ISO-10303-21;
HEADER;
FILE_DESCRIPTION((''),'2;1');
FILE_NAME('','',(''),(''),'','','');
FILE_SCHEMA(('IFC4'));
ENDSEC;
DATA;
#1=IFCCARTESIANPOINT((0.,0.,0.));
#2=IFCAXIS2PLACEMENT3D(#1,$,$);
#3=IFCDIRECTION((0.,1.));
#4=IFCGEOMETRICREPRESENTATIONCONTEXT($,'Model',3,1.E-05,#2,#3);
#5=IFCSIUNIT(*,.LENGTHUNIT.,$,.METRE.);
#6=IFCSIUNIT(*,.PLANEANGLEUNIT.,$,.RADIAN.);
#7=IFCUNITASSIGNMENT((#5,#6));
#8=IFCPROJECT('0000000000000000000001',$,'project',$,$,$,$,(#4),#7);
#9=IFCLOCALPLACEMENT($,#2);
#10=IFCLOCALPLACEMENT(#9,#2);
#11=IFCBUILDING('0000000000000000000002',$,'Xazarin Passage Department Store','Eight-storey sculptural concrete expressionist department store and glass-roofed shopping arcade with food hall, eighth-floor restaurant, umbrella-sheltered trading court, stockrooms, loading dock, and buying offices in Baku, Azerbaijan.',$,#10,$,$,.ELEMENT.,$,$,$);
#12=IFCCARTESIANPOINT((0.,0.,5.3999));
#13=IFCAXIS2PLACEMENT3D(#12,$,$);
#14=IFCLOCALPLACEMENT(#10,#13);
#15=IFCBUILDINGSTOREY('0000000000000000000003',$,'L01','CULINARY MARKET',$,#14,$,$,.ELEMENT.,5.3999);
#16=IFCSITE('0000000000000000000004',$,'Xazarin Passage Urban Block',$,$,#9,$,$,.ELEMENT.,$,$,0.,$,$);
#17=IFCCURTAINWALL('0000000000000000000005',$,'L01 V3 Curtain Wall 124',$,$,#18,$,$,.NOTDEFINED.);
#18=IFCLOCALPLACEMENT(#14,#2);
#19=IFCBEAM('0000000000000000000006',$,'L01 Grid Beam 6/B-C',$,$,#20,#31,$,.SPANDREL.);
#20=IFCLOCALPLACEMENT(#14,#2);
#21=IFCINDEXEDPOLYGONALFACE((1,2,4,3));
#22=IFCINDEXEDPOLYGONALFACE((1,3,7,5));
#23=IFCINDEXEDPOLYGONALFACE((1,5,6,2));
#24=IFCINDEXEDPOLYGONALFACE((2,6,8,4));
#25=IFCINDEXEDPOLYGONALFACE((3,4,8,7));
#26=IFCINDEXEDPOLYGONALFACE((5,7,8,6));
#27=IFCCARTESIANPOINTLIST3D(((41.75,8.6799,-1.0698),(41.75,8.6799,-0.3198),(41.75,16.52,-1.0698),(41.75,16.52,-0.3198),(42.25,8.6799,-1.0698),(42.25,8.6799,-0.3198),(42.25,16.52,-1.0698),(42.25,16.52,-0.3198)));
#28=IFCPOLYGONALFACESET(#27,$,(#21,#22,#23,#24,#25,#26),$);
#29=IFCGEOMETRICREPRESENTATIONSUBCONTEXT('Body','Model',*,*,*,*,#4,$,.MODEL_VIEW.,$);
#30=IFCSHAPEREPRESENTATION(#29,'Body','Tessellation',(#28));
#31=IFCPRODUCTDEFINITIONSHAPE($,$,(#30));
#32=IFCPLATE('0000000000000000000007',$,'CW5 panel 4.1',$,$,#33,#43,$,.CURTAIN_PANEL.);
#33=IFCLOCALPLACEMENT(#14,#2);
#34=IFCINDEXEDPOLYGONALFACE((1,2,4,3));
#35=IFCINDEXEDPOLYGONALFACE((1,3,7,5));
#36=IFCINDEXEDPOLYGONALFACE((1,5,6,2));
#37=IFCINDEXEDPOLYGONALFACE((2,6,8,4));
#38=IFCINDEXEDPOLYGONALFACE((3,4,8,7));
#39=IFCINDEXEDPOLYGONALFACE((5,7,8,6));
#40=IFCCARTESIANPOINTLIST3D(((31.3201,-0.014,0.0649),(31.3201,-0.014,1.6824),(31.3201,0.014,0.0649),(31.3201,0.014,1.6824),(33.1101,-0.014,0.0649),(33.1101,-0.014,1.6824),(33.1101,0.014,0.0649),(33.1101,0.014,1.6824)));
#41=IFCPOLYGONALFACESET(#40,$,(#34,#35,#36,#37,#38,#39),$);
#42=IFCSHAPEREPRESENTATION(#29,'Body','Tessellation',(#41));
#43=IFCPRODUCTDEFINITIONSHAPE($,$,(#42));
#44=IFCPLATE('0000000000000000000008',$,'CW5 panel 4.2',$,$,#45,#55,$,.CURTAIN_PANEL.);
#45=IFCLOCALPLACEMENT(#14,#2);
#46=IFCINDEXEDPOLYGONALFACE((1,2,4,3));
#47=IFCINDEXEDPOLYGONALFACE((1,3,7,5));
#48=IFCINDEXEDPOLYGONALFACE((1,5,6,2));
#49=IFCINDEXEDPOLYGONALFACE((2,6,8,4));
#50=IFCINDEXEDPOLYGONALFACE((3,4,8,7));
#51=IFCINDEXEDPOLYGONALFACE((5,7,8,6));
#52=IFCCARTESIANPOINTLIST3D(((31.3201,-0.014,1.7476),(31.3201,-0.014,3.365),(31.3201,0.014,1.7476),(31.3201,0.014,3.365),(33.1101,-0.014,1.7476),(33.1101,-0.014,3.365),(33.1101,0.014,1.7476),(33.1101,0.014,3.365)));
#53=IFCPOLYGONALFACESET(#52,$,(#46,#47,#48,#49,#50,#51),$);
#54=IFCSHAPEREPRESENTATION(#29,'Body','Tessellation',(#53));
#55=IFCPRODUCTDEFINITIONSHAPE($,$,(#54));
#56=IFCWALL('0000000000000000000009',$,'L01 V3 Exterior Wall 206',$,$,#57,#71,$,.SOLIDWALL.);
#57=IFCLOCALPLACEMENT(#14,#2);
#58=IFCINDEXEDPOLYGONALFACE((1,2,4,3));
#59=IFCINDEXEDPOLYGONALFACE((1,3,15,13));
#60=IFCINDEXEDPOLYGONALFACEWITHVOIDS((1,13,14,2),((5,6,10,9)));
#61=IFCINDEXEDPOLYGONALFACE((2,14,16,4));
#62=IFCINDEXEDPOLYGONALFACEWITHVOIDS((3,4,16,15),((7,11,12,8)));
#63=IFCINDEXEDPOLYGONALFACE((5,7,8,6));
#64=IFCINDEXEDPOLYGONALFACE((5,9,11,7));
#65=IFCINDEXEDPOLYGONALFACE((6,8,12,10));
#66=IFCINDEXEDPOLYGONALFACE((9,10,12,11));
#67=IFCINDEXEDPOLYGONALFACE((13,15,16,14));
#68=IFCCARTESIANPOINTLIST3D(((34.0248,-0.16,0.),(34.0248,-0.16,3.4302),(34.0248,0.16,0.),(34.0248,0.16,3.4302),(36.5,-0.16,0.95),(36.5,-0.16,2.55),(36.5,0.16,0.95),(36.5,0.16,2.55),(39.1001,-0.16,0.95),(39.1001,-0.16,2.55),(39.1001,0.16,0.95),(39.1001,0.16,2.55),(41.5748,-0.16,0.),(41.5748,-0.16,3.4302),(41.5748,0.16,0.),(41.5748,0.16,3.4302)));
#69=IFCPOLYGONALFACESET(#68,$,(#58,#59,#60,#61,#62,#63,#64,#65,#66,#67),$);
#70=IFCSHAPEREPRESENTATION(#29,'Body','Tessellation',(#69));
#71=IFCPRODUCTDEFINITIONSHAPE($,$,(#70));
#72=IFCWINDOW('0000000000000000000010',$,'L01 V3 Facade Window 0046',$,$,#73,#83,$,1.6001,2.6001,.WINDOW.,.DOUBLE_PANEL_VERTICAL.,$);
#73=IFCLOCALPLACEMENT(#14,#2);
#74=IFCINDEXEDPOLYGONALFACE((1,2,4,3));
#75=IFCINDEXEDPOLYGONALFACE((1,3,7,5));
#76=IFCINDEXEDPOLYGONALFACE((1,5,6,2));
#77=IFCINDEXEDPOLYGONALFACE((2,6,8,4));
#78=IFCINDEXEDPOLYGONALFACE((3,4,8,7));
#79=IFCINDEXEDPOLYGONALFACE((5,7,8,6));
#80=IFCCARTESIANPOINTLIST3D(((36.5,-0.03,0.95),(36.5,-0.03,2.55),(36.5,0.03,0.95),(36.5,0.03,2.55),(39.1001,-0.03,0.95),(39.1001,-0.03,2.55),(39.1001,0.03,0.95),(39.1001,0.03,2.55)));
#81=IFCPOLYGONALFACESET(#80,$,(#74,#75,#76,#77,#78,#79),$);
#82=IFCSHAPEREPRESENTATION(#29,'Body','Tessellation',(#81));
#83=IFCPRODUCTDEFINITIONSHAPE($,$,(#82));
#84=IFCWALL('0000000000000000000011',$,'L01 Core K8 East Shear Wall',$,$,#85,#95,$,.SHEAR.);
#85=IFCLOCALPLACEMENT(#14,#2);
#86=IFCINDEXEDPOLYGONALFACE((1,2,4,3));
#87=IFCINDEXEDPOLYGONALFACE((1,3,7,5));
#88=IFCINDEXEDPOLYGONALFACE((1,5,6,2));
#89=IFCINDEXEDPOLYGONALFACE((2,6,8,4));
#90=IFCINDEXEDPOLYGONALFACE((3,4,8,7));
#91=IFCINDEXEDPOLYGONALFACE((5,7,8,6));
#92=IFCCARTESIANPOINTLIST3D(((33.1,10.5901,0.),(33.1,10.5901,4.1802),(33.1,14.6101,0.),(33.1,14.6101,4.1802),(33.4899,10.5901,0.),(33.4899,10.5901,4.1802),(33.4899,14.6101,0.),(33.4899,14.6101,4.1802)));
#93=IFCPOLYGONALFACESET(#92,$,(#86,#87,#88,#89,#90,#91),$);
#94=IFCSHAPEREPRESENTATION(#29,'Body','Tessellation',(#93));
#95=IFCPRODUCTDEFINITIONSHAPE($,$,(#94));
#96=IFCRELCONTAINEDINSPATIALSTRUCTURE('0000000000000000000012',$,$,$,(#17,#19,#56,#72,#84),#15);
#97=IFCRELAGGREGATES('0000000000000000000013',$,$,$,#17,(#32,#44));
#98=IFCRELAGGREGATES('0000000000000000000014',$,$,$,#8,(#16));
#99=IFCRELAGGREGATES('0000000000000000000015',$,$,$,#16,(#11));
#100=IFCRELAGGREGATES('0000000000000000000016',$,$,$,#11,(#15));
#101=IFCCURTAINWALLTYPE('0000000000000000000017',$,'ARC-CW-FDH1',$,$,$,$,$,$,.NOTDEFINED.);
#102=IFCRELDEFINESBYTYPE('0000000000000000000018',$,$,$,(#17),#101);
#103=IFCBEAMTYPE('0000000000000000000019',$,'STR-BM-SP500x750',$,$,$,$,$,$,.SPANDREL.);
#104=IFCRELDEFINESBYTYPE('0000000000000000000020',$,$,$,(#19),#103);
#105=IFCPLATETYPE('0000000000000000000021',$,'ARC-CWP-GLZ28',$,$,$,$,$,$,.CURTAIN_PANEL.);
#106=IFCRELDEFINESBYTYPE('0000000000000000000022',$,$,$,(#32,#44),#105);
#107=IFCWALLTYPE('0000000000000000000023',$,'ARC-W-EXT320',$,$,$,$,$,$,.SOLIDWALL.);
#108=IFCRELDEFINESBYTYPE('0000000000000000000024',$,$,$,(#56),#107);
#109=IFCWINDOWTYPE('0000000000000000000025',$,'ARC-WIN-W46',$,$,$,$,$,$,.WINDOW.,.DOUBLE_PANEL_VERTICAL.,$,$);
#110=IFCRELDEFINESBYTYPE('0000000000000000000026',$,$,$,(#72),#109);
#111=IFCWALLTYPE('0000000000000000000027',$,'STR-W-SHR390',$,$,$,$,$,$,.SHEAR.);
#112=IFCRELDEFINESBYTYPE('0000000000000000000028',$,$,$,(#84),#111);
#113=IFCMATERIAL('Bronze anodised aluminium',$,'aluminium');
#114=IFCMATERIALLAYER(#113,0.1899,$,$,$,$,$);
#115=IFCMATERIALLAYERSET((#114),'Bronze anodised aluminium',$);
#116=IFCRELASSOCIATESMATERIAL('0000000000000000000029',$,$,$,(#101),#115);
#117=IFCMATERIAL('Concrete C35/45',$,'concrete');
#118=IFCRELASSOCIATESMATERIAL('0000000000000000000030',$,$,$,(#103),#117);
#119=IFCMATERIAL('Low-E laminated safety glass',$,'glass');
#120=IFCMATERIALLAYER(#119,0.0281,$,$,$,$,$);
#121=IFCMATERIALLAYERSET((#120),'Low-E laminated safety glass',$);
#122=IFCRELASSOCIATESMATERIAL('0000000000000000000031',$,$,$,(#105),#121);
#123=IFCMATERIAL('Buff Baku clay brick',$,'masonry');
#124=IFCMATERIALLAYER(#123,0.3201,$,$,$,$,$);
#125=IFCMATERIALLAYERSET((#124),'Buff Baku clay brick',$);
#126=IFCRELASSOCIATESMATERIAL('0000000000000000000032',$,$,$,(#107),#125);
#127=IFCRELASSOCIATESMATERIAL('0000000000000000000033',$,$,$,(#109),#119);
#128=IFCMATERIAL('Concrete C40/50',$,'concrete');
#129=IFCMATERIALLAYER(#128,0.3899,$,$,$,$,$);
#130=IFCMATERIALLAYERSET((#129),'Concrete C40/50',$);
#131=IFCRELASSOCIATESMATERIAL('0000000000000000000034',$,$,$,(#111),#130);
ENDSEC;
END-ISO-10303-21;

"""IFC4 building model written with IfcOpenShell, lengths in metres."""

from ifc_helpers import new_model, si_unit, direction, frame, frame_2d, origin, origin_2d, place, context, subcontext, project, spatial, rectangle, extrude, material, layer, layer_set, material_profile, profile_set, type_object, element, fill, aggregate, save


model = new_model("IFC4")

# Units and contexts
model_context = context("Model", 3, precision=1e-05, world=origin(), true_north=direction((0.0, 1.0)))
body_context = subcontext(model_context, "Body", "Model", "MODEL_VIEW")
ifc_project = project(units=[si_unit("LENGTHUNIT", "METRE"), si_unit("PLANEANGLEUNIT", "RADIAN")], contexts=[model_context])

# Site, building, storey
site_placement = place(None, origin())
site = spatial("IfcSite", under=ifc_project, at=site_placement, Name="Xazarin Passage Urban Block", CompositionType="ELEMENT", RefElevation=0.0)
building_placement = place(site_placement, origin())
building = spatial("IfcBuilding", under=site, at=building_placement, Name="Xazarin Passage Department Store", Description="Eight-storey sculptural concrete expressionist department store and glass-roofed shopping arcade with food hall, eighth-floor restaurant, umbrella-sheltered trading court, stockrooms, loading dock, and buying offices in Baku, Azerbaijan.", CompositionType="ELEMENT")
storey_placement = place(building_placement, frame((0.0, 0.0, 5.3999)))
storey = spatial("IfcBuildingStorey", under=building, at=storey_placement, Name="L01", Description="CULINARY MARKET", CompositionType="ELEMENT", Elevation=5.3999)

# Shared definitions
ifc_material_1 = material(Name="Concrete C40/50", Category="concrete")

# Curtain wall
ifc_material_2 = material(Name="Bronze anodised aluminium", Category="aluminium")
ifc_layer_1 = layer(ifc_material_2, 0.1899)
ifc_layer_set_1 = layer_set([ifc_layer_1], Name="Bronze anodised aluminium")
curtain_wall_type = type_object("IfcCurtainWallType", Name="ARC-CW-FDH1", PredefinedType="NOTDEFINED", material=ifc_layer_set_1)
curtain_wall_placement = place(storey_placement, origin())
curtain_wall = element("IfcCurtainWall", 1, at=curtain_wall_placement, inside=storey, type_object=curtain_wall_type, Name="L01 V3 Curtain Wall 124", PredefinedType="NOTDEFINED")

# Beam
ifc_material_3 = material(Name="Concrete C35/45", Category="concrete")
ifc_material_profile_1 = material_profile(ifc_material_3, rectangle(XDim=0.5, YDim=0.75, at=origin_2d()), Name="RC 500x750")
ifc_profile_set_1 = profile_set([ifc_material_profile_1], Name="Concrete C35/45")
beam_type_1 = type_object("IfcBeamType", Name="STR-BM-SP500x750", PredefinedType="SPANDREL", material=ifc_profile_set_1)
for number, where, z_axis, x_axis, name in (
    (2, (42.0, 8.6799, -0.6948), (0.0, 1.0, 0.0), (-1.0, 0.0, 0.0), "L01 Grid Beam 6/B-C"),
):
    element("IfcBeam", number, at=place(storey_placement, frame(where, z_axis=z_axis, x_axis=x_axis)), inside=storey, type_object=beam_type_1, Name=name, PredefinedType="SPANDREL", context=body_context, shape_type="SweptSolid", body=[
        extrude(rectangle(XDim=0.5, YDim=0.75, at=origin_2d()), origin(), (0.0, 0.0, 1.0), 7.8401),
    ])

# Plates
ifc_material_4 = material(Name="Low-E laminated safety glass", Category="glass")
ifc_layer_2 = layer(ifc_material_4, 0.0281)
ifc_layer_set_2 = layer_set([ifc_layer_2], Name="Low-E laminated safety glass")
plate_type = type_object("IfcPlateType", Name="ARC-CWP-GLZ28", PredefinedType="CURTAIN_PANEL", material=ifc_layer_set_2)
plate_1_placement = place(storey_placement, frame((32.2151, 0.0, 0.0649), z_axis=(0.0, 0.0, 1.0), x_axis=(1.0, 0.0, 0.0)))
plate_1 = element("IfcPlate", 3, at=plate_1_placement, type_object=plate_type, Name="CW5 panel 4.1", PredefinedType="CURTAIN_PANEL", context=body_context, shape_type="SweptSolid", body=[
    extrude(rectangle(XDim=1.79, YDim=0.0281, at=origin_2d()), origin(), (0.0, 0.0, 1.0), 1.6174),
])
plate_2_placement = place(storey_placement, frame((32.2151, 0.0, 1.7476), z_axis=(0.0, 0.0, 1.0), x_axis=(1.0, 0.0, 0.0)))
plate_2 = element("IfcPlate", 4, at=plate_2_placement, type_object=plate_type, Name="CW5 panel 4.2", PredefinedType="CURTAIN_PANEL", context=body_context, shape_type="SweptSolid", body=[
    extrude(rectangle(XDim=1.79, YDim=0.0281, at=origin_2d()), origin(), (0.0, 0.0, 1.0), 1.6174),
])
aggregate(curtain_wall, [plate_1, plate_2])

# Wall, opening, window
ifc_material_5 = material(Name="Buff Baku clay brick", Category="masonry")
ifc_layer_3 = layer(ifc_material_5, 0.3201)
ifc_layer_set_3 = layer_set([ifc_layer_3], Name="Buff Baku clay brick")
wall_type_1 = type_object("IfcWallType", Name="ARC-W-EXT320", PredefinedType="SOLIDWALL", material=ifc_layer_set_3)
wall_1_placement = place(storey_placement, frame((34.0249, 0.0, 0.0), z_axis=(0.0, 0.0, 1.0), x_axis=(1.0, 0.0, 0.0)))
wall_1 = element("IfcWall", 5, at=wall_1_placement, inside=storey, type_object=wall_type_1, Name="L01 V3 Exterior Wall 206", PredefinedType="SOLIDWALL", context=body_context, shape_type="SweptSolid", body=[
    extrude(rectangle(XDim=7.55, YDim=0.3201, at=frame_2d((3.7749, 0.0))), origin(), (0.0, 0.0, 1.0), 3.4302),
])
opening_placement = place(wall_1_placement, frame((2.4751, 0.0, 0.95)))
opening = element("IfcOpeningElement", 6, at=opening_placement, cuts=wall_1, PredefinedType="OPENING", context=body_context, shape_type="SweptSolid", body=[
    extrude(rectangle(XDim=2.6001, YDim=1.6001, at=frame_2d((1.3, 0.8))), frame((0.0, 0.1699, 0.0), z_axis=(0.0, -1.0, 0.0), x_axis=(1.0, 0.0, 0.0)), (0.0, 0.0, 1.0), 0.3401),
])
window_type = type_object("IfcWindowType", Name="ARC-WIN-W46", PartitioningType="DOUBLE_PANEL_VERTICAL", PredefinedType="WINDOW", material=ifc_material_4)
window_placement = place(opening_placement, origin())
window = element("IfcWindow", 7, at=window_placement, inside=storey, type_object=window_type, Name="L01 V3 Facade Window 0046", OverallHeight=1.6001, OverallWidth=2.6001, PartitioningType="DOUBLE_PANEL_VERTICAL", PredefinedType="WINDOW", context=body_context, shape_type="SweptSolid", body=[
    extrude(rectangle(XDim=2.6001, YDim=1.6001, at=frame_2d((1.3, 0.8))), frame((0.0, 0.03, 0.0), z_axis=(0.0, -1.0, 0.0), x_axis=(1.0, 0.0, 0.0)), (0.0, 0.0, 1.0), 0.0601),
])
fill(opening, window)

# Wall
ifc_layer_4 = layer(ifc_material_1, 0.3899)
ifc_layer_set_4 = layer_set([ifc_layer_4], Name="Concrete C40/50")
wall_type_2 = type_object("IfcWallType", Name="STR-W-SHR390", PredefinedType="SHEAR", material=ifc_layer_set_4)
wall_2_placement = place(storey_placement, frame((33.2949, 10.5901, 0.0), z_axis=(0.0, 0.0, 1.0), x_axis=(0.0, 1.0, 0.0)))
element("IfcWall", 8, at=wall_2_placement, inside=storey, type_object=wall_type_2, Name="L01 Core K8 East Shear Wall", PredefinedType="SHEAR", context=body_context, shape_type="SweptSolid", body=[
    extrude(rectangle(XDim=4.02, YDim=0.3899, at=frame_2d((2.01, 0.0))), origin(), (0.0, 0.0, 1.0), 4.1802),
])

save(model, "model.ifc")
